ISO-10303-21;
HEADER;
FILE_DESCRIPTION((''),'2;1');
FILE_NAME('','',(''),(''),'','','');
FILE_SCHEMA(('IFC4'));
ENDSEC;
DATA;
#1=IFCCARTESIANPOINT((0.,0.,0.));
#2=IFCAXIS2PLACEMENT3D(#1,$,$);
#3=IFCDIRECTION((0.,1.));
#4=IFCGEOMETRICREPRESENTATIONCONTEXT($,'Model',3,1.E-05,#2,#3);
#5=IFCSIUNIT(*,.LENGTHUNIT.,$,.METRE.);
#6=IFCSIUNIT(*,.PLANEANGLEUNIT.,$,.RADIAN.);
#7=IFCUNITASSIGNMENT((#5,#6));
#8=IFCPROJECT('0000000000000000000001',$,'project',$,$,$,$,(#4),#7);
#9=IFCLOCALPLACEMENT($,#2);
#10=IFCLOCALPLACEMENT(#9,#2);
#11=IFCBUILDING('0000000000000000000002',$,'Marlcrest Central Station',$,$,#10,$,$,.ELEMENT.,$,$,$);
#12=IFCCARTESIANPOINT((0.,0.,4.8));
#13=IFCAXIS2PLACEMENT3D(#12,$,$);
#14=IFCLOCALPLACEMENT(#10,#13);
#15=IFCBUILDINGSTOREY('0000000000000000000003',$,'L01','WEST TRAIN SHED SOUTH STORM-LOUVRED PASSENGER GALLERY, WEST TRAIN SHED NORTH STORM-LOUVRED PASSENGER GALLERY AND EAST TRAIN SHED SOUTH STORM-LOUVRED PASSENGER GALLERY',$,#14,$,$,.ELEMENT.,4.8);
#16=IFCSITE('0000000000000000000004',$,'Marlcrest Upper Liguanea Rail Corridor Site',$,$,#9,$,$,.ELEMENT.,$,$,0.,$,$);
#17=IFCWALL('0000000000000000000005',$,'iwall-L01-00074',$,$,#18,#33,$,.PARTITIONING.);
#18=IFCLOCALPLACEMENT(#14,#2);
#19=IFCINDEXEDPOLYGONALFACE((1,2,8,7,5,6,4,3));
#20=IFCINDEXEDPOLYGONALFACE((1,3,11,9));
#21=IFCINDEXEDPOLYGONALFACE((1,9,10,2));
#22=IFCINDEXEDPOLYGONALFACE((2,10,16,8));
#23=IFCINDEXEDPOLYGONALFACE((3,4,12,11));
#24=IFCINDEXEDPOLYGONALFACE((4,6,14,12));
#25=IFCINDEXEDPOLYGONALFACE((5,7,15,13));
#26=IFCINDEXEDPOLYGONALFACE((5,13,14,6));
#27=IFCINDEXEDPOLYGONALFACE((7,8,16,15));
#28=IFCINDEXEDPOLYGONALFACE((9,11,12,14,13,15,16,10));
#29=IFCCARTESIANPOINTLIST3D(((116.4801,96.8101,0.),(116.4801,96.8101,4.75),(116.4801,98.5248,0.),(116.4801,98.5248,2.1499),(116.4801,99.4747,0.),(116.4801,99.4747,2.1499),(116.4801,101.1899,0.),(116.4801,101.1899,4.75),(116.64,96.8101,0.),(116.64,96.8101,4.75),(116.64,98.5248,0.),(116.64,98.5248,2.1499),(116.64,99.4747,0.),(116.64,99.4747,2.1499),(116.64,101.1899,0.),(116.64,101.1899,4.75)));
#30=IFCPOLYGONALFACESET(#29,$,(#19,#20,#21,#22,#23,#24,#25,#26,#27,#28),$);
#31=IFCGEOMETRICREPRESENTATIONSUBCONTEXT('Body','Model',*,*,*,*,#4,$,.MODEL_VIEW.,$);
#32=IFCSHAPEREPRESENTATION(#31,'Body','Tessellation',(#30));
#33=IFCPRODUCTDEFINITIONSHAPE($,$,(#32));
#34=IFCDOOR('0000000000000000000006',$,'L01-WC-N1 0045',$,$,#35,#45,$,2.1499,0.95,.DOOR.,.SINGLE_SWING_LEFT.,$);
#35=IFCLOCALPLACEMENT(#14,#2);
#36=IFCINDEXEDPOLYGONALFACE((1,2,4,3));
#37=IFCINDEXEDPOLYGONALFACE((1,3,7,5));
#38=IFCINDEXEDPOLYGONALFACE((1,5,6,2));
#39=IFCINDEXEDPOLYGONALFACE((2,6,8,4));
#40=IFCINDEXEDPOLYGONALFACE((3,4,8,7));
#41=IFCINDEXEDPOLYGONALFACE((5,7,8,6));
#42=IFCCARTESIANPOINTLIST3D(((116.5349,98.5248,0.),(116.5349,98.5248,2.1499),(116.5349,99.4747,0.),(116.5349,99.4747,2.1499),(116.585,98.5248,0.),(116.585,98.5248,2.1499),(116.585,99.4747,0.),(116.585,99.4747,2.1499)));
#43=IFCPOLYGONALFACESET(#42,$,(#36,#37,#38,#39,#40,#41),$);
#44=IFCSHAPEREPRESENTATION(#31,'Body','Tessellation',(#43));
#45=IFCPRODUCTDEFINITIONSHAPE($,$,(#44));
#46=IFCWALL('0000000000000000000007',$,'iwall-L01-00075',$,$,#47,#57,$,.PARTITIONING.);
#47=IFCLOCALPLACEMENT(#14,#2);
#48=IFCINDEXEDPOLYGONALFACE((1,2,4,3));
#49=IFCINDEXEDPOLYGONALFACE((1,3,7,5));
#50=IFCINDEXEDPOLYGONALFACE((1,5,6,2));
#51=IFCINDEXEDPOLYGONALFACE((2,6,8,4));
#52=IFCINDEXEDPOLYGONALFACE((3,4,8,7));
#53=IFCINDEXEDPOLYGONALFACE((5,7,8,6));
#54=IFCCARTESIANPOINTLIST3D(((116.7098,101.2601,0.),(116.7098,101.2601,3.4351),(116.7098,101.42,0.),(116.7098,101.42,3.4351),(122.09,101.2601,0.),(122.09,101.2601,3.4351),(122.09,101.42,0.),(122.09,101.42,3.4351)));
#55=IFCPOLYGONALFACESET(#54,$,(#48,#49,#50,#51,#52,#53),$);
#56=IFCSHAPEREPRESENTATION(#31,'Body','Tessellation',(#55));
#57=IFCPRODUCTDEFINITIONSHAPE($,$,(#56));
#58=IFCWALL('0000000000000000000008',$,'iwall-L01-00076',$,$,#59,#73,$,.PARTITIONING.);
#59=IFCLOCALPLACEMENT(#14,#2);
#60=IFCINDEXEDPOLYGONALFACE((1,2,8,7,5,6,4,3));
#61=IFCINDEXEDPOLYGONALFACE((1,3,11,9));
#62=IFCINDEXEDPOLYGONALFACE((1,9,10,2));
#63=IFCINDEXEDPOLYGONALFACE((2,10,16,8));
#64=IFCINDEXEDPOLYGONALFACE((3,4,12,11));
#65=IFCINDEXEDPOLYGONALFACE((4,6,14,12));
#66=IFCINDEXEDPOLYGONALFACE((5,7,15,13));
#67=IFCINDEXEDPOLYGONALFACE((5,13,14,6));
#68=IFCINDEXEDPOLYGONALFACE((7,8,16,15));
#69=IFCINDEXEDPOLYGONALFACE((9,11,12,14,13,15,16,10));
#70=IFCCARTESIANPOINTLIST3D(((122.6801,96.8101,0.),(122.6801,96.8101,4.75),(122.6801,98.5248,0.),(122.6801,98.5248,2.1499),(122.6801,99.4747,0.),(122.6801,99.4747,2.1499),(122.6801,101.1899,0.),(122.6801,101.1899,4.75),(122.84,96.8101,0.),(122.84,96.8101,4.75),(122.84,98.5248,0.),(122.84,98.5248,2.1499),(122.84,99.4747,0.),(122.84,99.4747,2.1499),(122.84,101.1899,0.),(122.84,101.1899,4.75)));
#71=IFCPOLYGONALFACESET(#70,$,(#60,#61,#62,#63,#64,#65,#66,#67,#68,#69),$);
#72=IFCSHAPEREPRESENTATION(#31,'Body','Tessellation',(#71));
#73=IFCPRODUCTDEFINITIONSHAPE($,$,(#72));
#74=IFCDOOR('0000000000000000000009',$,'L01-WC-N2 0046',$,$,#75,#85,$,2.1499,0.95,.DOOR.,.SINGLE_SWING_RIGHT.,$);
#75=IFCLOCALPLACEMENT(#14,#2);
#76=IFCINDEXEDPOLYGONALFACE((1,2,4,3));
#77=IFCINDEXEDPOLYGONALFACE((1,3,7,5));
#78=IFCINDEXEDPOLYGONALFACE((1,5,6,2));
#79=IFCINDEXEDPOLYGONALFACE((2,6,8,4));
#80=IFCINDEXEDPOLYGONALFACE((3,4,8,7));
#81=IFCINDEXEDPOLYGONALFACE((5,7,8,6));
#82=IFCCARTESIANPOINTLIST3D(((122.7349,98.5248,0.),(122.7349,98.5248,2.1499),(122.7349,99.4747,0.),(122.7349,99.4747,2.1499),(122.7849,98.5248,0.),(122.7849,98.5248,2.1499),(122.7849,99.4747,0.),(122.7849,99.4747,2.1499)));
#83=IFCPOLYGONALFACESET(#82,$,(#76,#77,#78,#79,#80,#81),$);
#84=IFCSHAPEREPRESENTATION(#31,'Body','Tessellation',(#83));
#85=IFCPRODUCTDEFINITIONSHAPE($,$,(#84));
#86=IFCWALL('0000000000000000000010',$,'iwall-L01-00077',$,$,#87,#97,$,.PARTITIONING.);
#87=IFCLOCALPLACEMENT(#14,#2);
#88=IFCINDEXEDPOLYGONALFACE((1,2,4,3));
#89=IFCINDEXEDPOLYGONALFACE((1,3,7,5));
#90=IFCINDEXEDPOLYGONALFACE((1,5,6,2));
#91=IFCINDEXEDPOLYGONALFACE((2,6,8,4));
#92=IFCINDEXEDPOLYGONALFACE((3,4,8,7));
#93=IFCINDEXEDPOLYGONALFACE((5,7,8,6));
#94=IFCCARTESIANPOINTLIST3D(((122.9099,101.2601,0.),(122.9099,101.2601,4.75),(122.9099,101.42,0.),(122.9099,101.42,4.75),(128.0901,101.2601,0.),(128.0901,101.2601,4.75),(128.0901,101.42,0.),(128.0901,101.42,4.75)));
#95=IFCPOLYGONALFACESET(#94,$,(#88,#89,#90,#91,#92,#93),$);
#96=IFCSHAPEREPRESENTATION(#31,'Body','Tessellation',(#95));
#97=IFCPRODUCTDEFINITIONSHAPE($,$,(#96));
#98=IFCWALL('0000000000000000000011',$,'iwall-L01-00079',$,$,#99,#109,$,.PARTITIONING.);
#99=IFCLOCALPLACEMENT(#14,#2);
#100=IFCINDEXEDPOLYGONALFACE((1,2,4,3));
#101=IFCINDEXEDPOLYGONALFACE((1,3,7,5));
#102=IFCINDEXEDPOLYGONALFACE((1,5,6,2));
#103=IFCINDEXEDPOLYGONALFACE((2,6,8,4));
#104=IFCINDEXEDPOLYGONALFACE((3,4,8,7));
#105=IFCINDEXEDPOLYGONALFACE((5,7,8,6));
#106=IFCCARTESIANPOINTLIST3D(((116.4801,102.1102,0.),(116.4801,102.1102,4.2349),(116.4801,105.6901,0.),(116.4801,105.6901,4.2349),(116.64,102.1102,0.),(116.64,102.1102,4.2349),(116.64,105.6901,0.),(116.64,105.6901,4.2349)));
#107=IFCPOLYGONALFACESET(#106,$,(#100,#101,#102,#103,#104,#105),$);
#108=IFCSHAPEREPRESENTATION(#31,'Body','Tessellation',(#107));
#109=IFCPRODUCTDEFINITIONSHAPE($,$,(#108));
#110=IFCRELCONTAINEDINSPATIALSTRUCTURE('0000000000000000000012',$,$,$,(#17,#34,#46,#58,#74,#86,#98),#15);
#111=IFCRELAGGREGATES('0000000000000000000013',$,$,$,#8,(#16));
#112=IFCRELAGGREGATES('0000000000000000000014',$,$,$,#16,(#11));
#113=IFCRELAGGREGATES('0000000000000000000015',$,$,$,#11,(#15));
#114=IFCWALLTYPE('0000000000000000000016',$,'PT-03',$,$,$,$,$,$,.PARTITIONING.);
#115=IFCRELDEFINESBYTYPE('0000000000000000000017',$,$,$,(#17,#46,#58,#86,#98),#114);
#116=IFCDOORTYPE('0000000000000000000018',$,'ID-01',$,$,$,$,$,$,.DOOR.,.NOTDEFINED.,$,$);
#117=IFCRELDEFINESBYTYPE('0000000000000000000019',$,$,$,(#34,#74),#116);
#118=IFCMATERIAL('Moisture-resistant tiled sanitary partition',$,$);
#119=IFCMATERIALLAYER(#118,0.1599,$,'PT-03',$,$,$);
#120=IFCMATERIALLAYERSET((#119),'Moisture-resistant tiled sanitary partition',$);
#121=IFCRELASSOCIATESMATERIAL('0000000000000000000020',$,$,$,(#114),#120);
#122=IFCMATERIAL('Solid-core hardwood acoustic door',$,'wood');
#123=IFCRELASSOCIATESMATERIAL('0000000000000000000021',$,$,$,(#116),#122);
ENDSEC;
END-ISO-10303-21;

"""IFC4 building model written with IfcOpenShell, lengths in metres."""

from ifc_helpers import new_model, si_unit, direction, frame, frame_2d, origin, place, context, subcontext, project, spatial, rectangle, extrude, material, layer, layer_set, type_object, element, fill, save


model = new_model("IFC4")

# Units and contexts
model_context = context("Model", 3, precision=1e-05, world=origin(), true_north=direction((0.0, 1.0)))
body_context = subcontext(model_context, "Body", "Model", "MODEL_VIEW")
ifc_project = project(units=[si_unit("LENGTHUNIT", "METRE"), si_unit("PLANEANGLEUNIT", "RADIAN")], contexts=[model_context])

# Site, building, storey
site_placement = place(None, origin())
site = spatial("IfcSite", under=ifc_project, at=site_placement, Name="Marlcrest Upper Liguanea Rail Corridor Site", CompositionType="ELEMENT", RefElevation=0.0)
building_placement = place(site_placement, origin())
building = spatial("IfcBuilding", under=site, at=building_placement, Name="Marlcrest Central Station", CompositionType="ELEMENT")
storey_placement = place(building_placement, frame((0.0, 0.0, 4.8)))
storey = spatial("IfcBuildingStorey", under=building, at=storey_placement, Name="L01", Description="WEST TRAIN SHED SOUTH STORM-LOUVRED PASSENGER GALLERY, WEST TRAIN SHED NORTH STORM-LOUVRED PASSENGER GALLERY AND EAST TRAIN SHED SOUTH STORM-LOUVRED PASSENGER GALLERY", CompositionType="ELEMENT", Elevation=4.8)

# Wall, opening, door
ifc_material_1 = material(Name="Moisture-resistant tiled sanitary partition")
ifc_layer_1 = layer(ifc_material_1, 0.1599, Name="PT-03")
ifc_layer_set_1 = layer_set([ifc_layer_1], Name="Moisture-resistant tiled sanitary partition")
wall_type = type_object("IfcWallType", Name="PT-03", PredefinedType="PARTITIONING", material=ifc_layer_set_1)
wall_1_placement = place(storey_placement, frame((116.5601, 101.1899, 0.0), z_axis=(0.0, 0.0, 1.0), x_axis=(0.0, -1.0, 0.0)))
wall_1 = element("IfcWall", 1, at=wall_1_placement, inside=storey, type_object=wall_type, Name="iwall-L01-00074", PredefinedType="PARTITIONING", context=body_context, shape_type="SweptSolid", body=[
    extrude(rectangle(XDim=4.3799, YDim=0.1599, at=frame_2d((2.1899, 0.0))), origin(), (0.0, 0.0, 1.0), 4.75),
])
opening_1_placement = place(wall_1_placement, frame((1.7151, 0.0, 0.0)))
opening_1 = element("IfcOpeningElement", 2, at=opening_1_placement, cuts=wall_1, PredefinedType="OPENING", context=body_context, shape_type="SweptSolid", body=[
    extrude(rectangle(XDim=0.95, YDim=2.1499, at=frame_2d((0.4751, 1.075))), frame((0.0, 0.0898, 0.0), z_axis=(0.0, -1.0, 0.0), x_axis=(1.0, 0.0, 0.0)), (0.0, 0.0, 1.0), 0.1799),
])
ifc_material_2 = material(Name="Solid-core hardwood acoustic door", Category="wood")
door_type = type_object("IfcDoorType", Name="ID-01", OperationType="NOTDEFINED", PredefinedType="DOOR", material=ifc_material_2)
door_1_placement = place(opening_1_placement, origin())
door_1 = element("IfcDoor", 3, at=door_1_placement, inside=storey, type_object=door_type, Name="L01-WC-N1 0045", OperationType="SINGLE_SWING_LEFT", OverallHeight=2.1499, OverallWidth=0.95, PredefinedType="DOOR", context=body_context, shape_type="SweptSolid", body=[
    extrude(rectangle(XDim=0.95, YDim=2.1499, at=frame_2d((0.4751, 1.075))), frame((0.0, 0.0249, 0.0), z_axis=(0.0, -1.0, 0.0), x_axis=(1.0, 0.0, 0.0)), (0.0, 0.0, 1.0), 0.05),
])
fill(opening_1, door_1)

# Wall
wall_2_placement = place(storey_placement, frame((116.71, 101.3401, 0.0), z_axis=(0.0, 0.0, 1.0), x_axis=(1.0, 0.0, 0.0)))
element("IfcWall", 4, at=wall_2_placement, inside=storey, type_object=wall_type, Name="iwall-L01-00075", PredefinedType="PARTITIONING", context=body_context, shape_type="SweptSolid", body=[
    extrude(rectangle(XDim=5.3801, YDim=0.1599, at=frame_2d((2.6899, 0.0))), origin(), (0.0, 0.0, 1.0), 3.4351),
])

# Wall, opening, door
wall_3_placement = place(storey_placement, frame((122.76, 101.1899, 0.0), z_axis=(0.0, 0.0, 1.0), x_axis=(0.0, -1.0, 0.0)))
wall_3 = element("IfcWall", 5, at=wall_3_placement, inside=storey, type_object=wall_type, Name="iwall-L01-00076", PredefinedType="PARTITIONING", context=body_context, shape_type="SweptSolid", body=[
    extrude(rectangle(XDim=4.3799, YDim=0.1599, at=frame_2d((2.1899, 0.0))), origin(), (0.0, 0.0, 1.0), 4.75),
])
opening_2_placement = place(wall_3_placement, frame((1.7151, 0.0, 0.0)))
opening_2 = element("IfcOpeningElement", 6, at=opening_2_placement, cuts=wall_3, PredefinedType="OPENING", context=body_context, shape_type="SweptSolid", body=[
    extrude(rectangle(XDim=0.95, YDim=2.1499, at=frame_2d((0.4751, 1.075))), frame((0.0, 0.0898, 0.0), z_axis=(0.0, -1.0, 0.0), x_axis=(1.0, 0.0, 0.0)), (0.0, 0.0, 1.0), 0.1799),
])
door_2_placement = place(opening_2_placement, origin())
door_2 = element("IfcDoor", 7, at=door_2_placement, inside=storey, type_object=door_type, Name="L01-WC-N2 0046", OperationType="SINGLE_SWING_RIGHT", OverallHeight=2.1499, OverallWidth=0.95, PredefinedType="DOOR", context=body_context, shape_type="SweptSolid", body=[
    extrude(rectangle(XDim=0.95, YDim=2.1499, at=frame_2d((0.4751, 1.075))), frame((0.0, 0.0249, 0.0), z_axis=(0.0, -1.0, 0.0), x_axis=(1.0, 0.0, 0.0)), (0.0, 0.0, 1.0), 0.05),
])
fill(opening_2, door_2)

# Walls
wall_4_placement = place(storey_placement, frame((122.9099, 101.3401, 0.0), z_axis=(0.0, 0.0, 1.0), x_axis=(1.0, 0.0, 0.0)))
element("IfcWall", 8, at=wall_4_placement, inside=storey, type_object=wall_type, Name="iwall-L01-00077", PredefinedType="PARTITIONING", context=body_context, shape_type="SweptSolid", body=[
    extrude(rectangle(XDim=5.1802, YDim=0.1599, at=frame_2d((2.5901, 0.0))), origin(), (0.0, 0.0, 1.0), 4.75),
])
wall_5_placement = place(storey_placement, frame((116.5601, 102.1101, 0.0), z_axis=(0.0, 0.0, 1.0), x_axis=(0.0, 1.0, 0.0)))
element("IfcWall", 9, at=wall_5_placement, inside=storey, type_object=wall_type, Name="iwall-L01-00079", PredefinedType="PARTITIONING", context=body_context, shape_type="SweptSolid", body=[
    extrude(rectangle(XDim=3.5798, YDim=0.1599, at=frame_2d((1.79, 0.0))), origin(), (0.0, 0.0, 1.0), 4.2349),
])

save(model, "model.ifc")
